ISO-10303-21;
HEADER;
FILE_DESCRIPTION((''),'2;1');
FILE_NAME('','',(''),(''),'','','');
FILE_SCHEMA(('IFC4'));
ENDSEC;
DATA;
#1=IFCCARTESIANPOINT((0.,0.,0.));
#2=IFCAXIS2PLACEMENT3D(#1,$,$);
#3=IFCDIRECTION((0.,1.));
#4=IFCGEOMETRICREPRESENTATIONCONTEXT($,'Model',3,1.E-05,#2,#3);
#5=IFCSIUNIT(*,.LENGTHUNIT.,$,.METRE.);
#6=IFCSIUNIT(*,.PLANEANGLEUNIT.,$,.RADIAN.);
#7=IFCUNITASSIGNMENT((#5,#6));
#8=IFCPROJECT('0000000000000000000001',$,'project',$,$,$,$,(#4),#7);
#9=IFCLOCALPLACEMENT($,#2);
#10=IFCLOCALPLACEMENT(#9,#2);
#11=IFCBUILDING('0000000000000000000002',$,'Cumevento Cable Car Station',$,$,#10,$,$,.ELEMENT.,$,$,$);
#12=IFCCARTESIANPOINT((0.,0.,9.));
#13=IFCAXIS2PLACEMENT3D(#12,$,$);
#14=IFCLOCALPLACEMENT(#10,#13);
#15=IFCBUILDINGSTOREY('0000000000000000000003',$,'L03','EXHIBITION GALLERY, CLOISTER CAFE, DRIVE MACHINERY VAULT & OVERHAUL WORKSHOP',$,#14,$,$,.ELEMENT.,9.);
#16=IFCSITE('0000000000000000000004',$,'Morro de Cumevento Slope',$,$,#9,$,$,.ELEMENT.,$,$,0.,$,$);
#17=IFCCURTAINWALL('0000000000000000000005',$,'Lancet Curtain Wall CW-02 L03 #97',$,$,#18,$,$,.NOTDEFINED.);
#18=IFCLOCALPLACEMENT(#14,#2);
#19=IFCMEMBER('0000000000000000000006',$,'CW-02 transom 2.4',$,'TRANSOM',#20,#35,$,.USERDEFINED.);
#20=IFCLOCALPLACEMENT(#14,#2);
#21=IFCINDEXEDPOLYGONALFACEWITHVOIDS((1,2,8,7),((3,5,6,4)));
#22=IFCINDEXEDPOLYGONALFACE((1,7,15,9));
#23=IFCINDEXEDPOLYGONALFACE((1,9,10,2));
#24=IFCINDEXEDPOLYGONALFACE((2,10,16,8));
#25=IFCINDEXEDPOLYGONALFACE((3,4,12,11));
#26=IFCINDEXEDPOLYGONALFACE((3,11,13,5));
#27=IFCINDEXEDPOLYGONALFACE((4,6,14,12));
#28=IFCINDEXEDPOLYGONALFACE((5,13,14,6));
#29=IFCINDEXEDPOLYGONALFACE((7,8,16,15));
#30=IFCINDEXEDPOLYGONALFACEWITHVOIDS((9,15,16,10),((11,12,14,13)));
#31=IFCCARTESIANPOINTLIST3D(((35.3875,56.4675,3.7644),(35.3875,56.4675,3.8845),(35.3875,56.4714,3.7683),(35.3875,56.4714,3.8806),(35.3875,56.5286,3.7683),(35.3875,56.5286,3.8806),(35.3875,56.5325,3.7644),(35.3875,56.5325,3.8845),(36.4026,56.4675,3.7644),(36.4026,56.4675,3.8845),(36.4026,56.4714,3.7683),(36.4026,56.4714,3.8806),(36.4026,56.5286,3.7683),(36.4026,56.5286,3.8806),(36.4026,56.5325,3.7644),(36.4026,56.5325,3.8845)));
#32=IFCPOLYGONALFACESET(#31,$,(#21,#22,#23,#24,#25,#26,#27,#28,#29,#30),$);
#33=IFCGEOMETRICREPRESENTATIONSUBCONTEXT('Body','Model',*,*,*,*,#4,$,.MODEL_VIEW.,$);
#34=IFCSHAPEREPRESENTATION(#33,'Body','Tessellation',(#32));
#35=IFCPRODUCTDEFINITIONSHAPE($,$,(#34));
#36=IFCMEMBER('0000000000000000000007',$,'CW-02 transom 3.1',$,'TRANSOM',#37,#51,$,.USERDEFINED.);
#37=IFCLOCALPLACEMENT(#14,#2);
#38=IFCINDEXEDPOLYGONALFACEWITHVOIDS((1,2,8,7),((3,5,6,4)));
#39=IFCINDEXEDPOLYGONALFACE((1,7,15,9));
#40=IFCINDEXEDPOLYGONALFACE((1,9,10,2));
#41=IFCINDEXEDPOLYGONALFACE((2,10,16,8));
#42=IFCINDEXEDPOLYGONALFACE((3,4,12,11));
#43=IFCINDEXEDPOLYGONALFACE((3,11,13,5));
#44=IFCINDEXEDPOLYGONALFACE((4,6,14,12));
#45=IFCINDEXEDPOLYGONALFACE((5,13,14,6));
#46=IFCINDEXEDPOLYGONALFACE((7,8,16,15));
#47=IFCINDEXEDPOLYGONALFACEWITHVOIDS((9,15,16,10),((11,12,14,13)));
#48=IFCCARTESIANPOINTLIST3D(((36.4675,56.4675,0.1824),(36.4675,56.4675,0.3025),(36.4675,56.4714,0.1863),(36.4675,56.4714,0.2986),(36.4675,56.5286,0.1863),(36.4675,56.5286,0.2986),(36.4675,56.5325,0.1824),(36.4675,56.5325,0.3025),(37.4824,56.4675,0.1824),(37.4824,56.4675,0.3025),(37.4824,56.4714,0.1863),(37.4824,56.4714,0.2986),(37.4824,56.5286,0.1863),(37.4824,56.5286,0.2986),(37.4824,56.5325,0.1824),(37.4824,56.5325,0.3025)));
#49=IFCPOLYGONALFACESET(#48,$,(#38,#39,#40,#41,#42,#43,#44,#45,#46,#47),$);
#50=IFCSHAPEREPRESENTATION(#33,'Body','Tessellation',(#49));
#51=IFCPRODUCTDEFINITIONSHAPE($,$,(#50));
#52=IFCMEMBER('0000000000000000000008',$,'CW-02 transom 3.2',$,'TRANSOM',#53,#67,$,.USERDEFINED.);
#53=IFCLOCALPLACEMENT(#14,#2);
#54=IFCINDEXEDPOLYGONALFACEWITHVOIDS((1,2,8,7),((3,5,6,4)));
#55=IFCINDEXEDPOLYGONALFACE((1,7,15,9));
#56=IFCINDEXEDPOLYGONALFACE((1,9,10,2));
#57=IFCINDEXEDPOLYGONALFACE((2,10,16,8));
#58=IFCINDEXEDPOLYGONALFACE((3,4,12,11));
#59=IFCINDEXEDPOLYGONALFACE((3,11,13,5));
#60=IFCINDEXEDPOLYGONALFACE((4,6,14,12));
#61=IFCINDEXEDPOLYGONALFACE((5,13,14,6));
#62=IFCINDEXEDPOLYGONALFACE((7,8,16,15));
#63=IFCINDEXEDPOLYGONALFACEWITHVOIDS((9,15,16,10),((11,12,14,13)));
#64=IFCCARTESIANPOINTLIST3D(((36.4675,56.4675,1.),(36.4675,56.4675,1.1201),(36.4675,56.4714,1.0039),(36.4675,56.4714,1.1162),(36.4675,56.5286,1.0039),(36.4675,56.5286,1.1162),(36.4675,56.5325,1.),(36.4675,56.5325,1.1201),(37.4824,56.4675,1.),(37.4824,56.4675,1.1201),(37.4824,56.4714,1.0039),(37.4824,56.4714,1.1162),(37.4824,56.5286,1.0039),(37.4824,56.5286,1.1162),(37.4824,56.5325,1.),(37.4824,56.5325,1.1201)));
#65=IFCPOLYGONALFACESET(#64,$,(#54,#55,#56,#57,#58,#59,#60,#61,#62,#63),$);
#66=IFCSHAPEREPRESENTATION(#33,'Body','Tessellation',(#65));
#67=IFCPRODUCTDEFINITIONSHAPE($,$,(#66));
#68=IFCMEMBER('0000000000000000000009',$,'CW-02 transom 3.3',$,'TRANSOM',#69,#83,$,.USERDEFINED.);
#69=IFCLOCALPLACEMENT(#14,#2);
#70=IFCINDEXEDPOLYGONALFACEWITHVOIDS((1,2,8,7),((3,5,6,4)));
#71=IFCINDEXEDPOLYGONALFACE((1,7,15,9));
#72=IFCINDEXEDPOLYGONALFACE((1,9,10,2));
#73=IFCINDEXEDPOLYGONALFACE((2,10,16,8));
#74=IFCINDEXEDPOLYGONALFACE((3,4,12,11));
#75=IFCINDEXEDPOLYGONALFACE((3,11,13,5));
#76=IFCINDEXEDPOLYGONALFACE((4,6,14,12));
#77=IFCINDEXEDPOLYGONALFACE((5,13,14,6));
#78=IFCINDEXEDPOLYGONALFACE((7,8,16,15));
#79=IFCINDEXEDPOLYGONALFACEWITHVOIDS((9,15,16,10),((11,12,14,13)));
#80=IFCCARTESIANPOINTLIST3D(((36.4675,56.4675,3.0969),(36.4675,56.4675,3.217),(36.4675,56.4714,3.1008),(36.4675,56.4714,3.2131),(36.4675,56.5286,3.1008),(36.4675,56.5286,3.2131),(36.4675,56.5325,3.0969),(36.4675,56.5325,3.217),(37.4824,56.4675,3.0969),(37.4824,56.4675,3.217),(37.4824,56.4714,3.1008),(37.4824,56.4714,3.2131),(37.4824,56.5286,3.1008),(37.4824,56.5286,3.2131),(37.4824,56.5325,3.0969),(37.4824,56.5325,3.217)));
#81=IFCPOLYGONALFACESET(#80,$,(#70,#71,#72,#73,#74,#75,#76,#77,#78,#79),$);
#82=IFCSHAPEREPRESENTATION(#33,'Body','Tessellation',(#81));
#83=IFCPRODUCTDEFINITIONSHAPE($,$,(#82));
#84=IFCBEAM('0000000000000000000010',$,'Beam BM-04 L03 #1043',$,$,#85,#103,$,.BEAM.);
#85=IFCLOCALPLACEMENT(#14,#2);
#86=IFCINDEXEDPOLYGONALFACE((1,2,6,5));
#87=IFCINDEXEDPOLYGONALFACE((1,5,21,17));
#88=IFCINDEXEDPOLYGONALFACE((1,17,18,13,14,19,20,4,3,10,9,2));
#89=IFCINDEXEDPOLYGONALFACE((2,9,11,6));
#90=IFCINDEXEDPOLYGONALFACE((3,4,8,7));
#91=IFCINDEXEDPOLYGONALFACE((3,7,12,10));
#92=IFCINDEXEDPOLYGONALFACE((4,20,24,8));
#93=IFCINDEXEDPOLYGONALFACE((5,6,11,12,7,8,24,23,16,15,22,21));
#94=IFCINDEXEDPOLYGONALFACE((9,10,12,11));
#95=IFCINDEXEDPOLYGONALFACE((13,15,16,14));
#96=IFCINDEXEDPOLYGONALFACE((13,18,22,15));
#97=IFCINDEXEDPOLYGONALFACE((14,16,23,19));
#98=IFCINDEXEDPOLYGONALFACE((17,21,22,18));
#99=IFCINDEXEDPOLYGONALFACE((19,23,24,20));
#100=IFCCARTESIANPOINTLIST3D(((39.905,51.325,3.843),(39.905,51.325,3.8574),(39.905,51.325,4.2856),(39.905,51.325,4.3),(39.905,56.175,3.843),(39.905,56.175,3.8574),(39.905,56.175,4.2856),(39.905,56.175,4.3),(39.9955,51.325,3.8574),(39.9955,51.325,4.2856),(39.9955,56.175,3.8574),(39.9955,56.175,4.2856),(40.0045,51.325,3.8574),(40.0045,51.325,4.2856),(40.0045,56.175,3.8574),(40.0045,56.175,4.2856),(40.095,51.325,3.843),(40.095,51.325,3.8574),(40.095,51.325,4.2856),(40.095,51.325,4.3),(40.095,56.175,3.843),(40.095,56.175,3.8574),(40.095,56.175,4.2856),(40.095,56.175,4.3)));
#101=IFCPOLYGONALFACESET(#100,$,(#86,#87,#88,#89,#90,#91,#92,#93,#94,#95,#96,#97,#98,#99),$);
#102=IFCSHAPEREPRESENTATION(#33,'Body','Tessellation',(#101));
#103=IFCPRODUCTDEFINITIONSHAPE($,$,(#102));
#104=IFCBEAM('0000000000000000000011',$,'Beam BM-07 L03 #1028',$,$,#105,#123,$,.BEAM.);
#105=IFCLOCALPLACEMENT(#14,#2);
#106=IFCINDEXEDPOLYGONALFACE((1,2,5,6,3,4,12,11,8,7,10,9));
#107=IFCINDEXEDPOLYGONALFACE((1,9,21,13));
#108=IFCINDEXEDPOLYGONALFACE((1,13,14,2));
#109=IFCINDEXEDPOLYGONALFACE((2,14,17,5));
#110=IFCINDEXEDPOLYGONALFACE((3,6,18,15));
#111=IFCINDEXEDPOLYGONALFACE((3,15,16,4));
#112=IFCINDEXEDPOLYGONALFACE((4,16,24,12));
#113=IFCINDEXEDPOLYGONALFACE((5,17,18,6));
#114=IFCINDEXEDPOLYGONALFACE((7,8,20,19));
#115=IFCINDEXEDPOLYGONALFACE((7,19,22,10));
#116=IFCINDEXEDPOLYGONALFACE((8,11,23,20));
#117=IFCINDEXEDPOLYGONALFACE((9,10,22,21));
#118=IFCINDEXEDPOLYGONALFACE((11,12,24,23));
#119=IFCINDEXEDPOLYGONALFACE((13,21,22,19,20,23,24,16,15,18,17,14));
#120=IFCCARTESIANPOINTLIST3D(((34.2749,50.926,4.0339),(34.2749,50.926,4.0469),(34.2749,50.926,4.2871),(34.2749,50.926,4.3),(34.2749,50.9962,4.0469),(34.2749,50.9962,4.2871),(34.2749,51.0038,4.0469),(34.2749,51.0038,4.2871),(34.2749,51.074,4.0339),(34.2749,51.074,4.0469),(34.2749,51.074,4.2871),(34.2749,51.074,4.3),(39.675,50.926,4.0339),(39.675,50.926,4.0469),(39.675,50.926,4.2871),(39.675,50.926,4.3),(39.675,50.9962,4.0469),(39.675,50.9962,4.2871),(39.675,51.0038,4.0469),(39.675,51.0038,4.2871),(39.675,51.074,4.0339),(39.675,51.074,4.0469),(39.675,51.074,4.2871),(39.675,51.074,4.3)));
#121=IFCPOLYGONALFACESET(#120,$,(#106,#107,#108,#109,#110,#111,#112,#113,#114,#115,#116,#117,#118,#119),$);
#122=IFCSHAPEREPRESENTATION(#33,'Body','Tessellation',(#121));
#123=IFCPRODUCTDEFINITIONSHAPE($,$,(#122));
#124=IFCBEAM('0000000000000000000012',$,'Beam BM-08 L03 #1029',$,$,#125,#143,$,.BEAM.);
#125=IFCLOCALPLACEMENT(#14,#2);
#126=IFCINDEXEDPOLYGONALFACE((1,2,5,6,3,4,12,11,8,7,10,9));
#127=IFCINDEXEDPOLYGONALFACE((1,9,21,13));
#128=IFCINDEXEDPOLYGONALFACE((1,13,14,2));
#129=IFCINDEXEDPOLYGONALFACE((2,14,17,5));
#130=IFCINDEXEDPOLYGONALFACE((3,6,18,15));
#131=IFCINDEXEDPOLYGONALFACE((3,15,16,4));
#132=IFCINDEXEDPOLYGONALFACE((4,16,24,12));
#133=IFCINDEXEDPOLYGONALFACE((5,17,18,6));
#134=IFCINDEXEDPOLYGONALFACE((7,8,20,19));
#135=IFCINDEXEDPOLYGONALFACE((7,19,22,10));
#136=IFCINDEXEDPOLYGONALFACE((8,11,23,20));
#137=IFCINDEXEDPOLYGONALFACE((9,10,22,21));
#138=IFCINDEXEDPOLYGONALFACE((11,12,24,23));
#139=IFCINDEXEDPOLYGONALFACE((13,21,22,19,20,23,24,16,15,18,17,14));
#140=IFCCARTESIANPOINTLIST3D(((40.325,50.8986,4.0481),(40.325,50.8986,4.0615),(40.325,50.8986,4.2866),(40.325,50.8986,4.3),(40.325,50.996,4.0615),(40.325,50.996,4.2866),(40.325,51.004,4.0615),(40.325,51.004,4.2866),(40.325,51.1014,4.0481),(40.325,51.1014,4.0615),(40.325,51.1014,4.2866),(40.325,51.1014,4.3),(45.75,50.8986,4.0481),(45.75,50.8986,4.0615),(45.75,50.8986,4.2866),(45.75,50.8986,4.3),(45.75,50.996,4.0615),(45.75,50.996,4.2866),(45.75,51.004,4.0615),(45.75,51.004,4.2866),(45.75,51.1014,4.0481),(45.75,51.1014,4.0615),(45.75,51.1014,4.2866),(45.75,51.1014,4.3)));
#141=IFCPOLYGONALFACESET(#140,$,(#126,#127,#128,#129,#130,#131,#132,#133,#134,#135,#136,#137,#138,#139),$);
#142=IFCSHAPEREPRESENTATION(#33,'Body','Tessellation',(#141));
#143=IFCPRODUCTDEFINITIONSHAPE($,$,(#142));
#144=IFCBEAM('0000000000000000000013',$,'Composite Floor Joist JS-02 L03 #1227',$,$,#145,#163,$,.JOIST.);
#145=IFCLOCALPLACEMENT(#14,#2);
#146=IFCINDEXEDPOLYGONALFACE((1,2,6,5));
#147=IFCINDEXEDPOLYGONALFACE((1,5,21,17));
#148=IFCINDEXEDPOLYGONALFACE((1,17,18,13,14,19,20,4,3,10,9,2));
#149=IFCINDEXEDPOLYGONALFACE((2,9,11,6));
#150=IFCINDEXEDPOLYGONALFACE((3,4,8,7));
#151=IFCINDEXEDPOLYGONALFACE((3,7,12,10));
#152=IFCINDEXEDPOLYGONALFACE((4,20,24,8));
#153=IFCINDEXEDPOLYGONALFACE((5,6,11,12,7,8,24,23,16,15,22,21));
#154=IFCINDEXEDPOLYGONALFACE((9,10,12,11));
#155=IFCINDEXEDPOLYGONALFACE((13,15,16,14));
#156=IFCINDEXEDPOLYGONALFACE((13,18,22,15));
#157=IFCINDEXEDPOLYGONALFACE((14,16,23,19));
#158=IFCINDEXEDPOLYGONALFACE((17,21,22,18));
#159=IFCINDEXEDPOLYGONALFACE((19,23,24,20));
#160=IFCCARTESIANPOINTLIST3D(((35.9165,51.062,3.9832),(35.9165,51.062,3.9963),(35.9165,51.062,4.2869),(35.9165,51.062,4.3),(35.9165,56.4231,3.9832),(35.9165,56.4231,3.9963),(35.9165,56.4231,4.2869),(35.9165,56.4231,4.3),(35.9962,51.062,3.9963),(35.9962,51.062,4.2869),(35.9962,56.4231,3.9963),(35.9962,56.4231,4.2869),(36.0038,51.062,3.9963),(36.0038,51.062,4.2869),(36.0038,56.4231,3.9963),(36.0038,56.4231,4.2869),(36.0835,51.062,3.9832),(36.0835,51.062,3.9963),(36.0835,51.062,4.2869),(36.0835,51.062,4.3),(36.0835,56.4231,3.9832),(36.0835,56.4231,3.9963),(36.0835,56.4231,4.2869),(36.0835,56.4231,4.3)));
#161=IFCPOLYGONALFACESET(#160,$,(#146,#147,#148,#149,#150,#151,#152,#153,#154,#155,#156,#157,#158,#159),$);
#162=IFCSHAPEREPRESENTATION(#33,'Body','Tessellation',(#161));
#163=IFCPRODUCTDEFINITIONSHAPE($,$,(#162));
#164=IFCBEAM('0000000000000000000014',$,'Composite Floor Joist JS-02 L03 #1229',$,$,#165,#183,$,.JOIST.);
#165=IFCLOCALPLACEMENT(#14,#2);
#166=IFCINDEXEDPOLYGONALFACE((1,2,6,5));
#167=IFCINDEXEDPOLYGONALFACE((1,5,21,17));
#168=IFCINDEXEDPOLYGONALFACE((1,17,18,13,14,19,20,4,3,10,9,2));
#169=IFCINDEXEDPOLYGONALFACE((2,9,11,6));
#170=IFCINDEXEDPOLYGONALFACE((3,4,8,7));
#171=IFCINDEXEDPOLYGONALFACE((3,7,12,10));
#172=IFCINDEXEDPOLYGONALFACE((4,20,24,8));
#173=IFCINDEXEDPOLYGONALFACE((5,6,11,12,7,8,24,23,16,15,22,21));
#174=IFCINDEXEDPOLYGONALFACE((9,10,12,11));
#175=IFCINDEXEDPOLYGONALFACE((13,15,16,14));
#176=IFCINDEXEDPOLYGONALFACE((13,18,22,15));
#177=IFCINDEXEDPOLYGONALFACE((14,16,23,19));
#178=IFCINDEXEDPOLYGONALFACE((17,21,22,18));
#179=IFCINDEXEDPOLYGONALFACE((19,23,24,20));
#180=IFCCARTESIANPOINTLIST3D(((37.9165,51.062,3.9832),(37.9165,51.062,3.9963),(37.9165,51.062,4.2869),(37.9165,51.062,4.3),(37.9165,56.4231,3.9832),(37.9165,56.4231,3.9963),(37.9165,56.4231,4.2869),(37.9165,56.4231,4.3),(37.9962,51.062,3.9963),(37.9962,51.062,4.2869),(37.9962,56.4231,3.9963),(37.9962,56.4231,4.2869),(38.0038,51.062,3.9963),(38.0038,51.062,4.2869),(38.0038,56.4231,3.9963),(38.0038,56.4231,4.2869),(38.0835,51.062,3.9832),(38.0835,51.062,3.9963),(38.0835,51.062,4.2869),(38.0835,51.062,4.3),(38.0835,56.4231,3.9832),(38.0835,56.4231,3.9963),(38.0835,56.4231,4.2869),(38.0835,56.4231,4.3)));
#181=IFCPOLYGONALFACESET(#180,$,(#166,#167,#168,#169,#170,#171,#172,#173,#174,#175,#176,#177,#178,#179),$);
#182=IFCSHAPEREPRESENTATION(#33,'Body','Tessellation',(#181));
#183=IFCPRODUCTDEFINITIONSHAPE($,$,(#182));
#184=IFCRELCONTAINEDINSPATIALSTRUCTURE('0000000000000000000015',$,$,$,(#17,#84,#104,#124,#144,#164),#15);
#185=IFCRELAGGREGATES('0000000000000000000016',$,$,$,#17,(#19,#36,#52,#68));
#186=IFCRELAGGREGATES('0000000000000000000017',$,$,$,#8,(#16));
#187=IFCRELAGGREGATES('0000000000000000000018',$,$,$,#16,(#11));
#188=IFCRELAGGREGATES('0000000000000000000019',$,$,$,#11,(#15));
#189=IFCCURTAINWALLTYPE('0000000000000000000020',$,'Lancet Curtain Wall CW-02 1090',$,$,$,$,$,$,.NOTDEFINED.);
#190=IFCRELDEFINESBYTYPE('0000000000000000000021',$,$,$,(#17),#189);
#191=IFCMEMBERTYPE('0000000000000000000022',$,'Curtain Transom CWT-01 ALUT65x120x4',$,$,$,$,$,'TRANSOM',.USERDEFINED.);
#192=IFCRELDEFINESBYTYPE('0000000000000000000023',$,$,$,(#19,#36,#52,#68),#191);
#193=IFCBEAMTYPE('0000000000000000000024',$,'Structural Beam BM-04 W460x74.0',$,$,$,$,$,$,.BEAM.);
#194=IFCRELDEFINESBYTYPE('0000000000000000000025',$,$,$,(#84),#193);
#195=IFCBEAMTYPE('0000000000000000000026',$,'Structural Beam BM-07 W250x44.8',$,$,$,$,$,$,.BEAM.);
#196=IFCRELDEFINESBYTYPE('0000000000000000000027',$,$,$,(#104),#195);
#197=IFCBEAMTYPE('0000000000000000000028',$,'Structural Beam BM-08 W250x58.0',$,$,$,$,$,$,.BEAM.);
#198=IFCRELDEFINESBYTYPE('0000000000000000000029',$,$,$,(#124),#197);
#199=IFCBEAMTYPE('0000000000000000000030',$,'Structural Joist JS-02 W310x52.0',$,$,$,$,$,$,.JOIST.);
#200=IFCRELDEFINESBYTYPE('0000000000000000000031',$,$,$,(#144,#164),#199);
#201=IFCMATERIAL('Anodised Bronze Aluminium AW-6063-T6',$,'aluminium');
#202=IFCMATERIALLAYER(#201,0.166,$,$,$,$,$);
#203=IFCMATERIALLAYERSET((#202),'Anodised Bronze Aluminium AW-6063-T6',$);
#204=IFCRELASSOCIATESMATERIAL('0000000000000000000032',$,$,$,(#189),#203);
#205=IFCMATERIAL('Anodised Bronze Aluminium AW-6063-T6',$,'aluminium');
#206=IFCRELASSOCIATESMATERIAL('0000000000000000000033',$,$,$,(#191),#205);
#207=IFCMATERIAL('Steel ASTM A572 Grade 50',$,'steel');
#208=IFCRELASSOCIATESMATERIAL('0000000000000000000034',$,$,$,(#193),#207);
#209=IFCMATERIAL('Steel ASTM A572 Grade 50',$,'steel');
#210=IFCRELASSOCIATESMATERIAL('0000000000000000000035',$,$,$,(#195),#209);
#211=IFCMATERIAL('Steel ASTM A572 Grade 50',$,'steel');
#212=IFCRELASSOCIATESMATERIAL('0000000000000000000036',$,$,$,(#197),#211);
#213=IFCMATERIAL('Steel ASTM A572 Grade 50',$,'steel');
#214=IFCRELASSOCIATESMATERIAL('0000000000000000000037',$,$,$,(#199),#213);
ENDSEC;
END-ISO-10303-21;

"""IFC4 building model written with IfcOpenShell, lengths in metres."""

from ifc_helpers import new_model, si_unit, direction, frame, origin, origin_2d, place, context, subcontext, project, spatial, hollow_rectangle, i_section, extrude, material, layer, layer_set, material_profile, profile_set, type_object, element, aggregate, save


model = new_model("IFC4")

# Units and contexts
model_context = context("Model", 3, precision=1e-05, world=origin(), true_north=direction((0.0, 1.0)))
body_context = subcontext(model_context, "Body", "Model", "MODEL_VIEW")
ifc_project = project(units=[si_unit("LENGTHUNIT", "METRE"), si_unit("PLANEANGLEUNIT", "RADIAN")], contexts=[model_context])

# Site, building, storey
site_placement = place(None, origin())
site = spatial("IfcSite", under=ifc_project, at=site_placement, Name="Morro de Cumevento Slope", CompositionType="ELEMENT", RefElevation=0.0)
building_placement = place(site_placement, origin())
building = spatial("IfcBuilding", under=site, at=building_placement, Name="Cumevento Cable Car Station", CompositionType="ELEMENT")
storey_placement = place(building_placement, frame((0.0, 0.0, 9.0)))
storey = spatial("IfcBuildingStorey", under=building, at=storey_placement, Name="L03", Description="EXHIBITION GALLERY, CLOISTER CAFE, DRIVE MACHINERY VAULT & OVERHAUL WORKSHOP", CompositionType="ELEMENT", Elevation=9.0)

# Curtain wall, members
ifc_material_1 = material(Name="Anodised Bronze Aluminium AW-6063-T6", Category="aluminium")
ifc_layer_1 = layer(ifc_material_1, 0.166)
ifc_layer_set_1 = layer_set([ifc_layer_1], Name="Anodised Bronze Aluminium AW-6063-T6")
curtain_wall_type = type_object("IfcCurtainWallType", Name="Lancet Curtain Wall CW-02 1090", PredefinedType="NOTDEFINED", material=ifc_layer_set_1)
curtain_wall_placement = place(storey_placement, origin())
curtain_wall = element("IfcCurtainWall", 1, at=curtain_wall_placement, inside=storey, type_object=curtain_wall_type, Name="Lancet Curtain Wall CW-02 L03 #97", PredefinedType="NOTDEFINED")
ifc_material_2 = material(Name="Anodised Bronze Aluminium AW-6063-T6", Category="aluminium")
ifc_material_profile_1 = material_profile(ifc_material_2, hollow_rectangle(XDim=0.0649, YDim=0.1201, WallThickness=0.0039, at=origin_2d()), Name="ALUT65x120x4")
ifc_profile_set_1 = profile_set([ifc_material_profile_1], Name="Anodised Bronze Aluminium AW-6063-T6")
member_type_1 = type_object("IfcMemberType", Name="Curtain Transom CWT-01 ALUT65x120x4", ElementType="TRANSOM", PredefinedType="USERDEFINED", material=ifc_profile_set_1)
member_1_placement = place(storey_placement, frame((35.3875, 56.5, 3.8245), z_axis=(1.0, 0.0, 0.0), x_axis=(0.0, 1.0, 0.0)))
member_1 = element("IfcMember", 2, at=member_1_placement, type_object=member_type_1, Name="CW-02 transom 2.4", ObjectType="TRANSOM", PredefinedType="USERDEFINED", context=body_context, shape_type="SweptSolid", body=[
    extrude(hollow_rectangle(XDim=0.0649, YDim=0.1201, WallThickness=0.0039, at=origin_2d()), origin(), (0.0, 0.0, 1.0), 1.0151),
])
member_2_placement = place(storey_placement, frame((36.4675, 56.5, 0.2424), z_axis=(1.0, 0.0, 0.0), x_axis=(0.0, 1.0, 0.0)))
member_2 = element("IfcMember", 3, at=member_2_placement, type_object=member_type_1, Name="CW-02 transom 3.1", ObjectType="TRANSOM", PredefinedType="USERDEFINED", context=body_context, shape_type="SweptSolid", body=[
    extrude(hollow_rectangle(XDim=0.0649, YDim=0.1201, WallThickness=0.0039, at=origin_2d()), origin(), (0.0, 0.0, 1.0), 1.0149),
])
member_3_placement = place(storey_placement, frame((36.4675, 56.5, 1.0601), z_axis=(1.0, 0.0, 0.0), x_axis=(0.0, 1.0, 0.0)))
member_3 = element("IfcMember", 4, at=member_3_placement, type_object=member_type_1, Name="CW-02 transom 3.2", ObjectType="TRANSOM", PredefinedType="USERDEFINED", context=body_context, shape_type="SweptSolid", body=[
    extrude(hollow_rectangle(XDim=0.0649, YDim=0.1201, WallThickness=0.0039, at=origin_2d()), origin(), (0.0, 0.0, 1.0), 1.0149),
])
member_4_placement = place(storey_placement, frame((36.4675, 56.5, 3.157), z_axis=(1.0, 0.0, 0.0), x_axis=(0.0, 1.0, 0.0)))
member_4 = element("IfcMember", 5, at=member_4_placement, type_object=member_type_1, Name="CW-02 transom 3.3", ObjectType="TRANSOM", PredefinedType="USERDEFINED", context=body_context, shape_type="SweptSolid", body=[
    extrude(hollow_rectangle(XDim=0.0649, YDim=0.1201, WallThickness=0.0039, at=origin_2d()), origin(), (0.0, 0.0, 1.0), 1.0149),
])

# Beams
ifc_material_3 = material(Name="Steel ASTM A572 Grade 50", Category="steel")
ifc_material_profile_2 = material_profile(ifc_material_3, i_section(OverallWidth=0.1899, OverallDepth=0.457, WebThickness=0.009, FlangeThickness=0.0144, at=origin_2d()), Name="W460x74.0")
ifc_profile_set_2 = profile_set([ifc_material_profile_2], Name="Steel ASTM A572 Grade 50")
beam_type_1 = type_object("IfcBeamType", Name="Structural Beam BM-04 W460x74.0", PredefinedType="BEAM", material=ifc_profile_set_2)
beam_1_placement = place(storey_placement, frame((40.0, 51.325, 4.0715), z_axis=(0.0, 1.0, 0.0), x_axis=(-1.0, 0.0, 0.0)))
element("IfcBeam", 6, at=beam_1_placement, inside=storey, type_object=beam_type_1, Name="Beam BM-04 L03 #1043", PredefinedType="BEAM", context=body_context, shape_type="SweptSolid", body=[
    extrude(i_section(OverallWidth=0.1899, OverallDepth=0.457, WebThickness=0.009, FlangeThickness=0.0144, at=origin_2d()), origin(), (0.0, 0.0, 1.0), 4.8501),
])
ifc_material_4 = material(Name="Steel ASTM A572 Grade 50", Category="steel")
ifc_material_profile_3 = material_profile(ifc_material_4, i_section(OverallWidth=0.1479, OverallDepth=0.2661, WebThickness=0.0076, FlangeThickness=0.0129, at=origin_2d()), Name="W250x44.8")
ifc_profile_set_3 = profile_set([ifc_material_profile_3], Name="Steel ASTM A572 Grade 50")
beam_type_2 = type_object("IfcBeamType", Name="Structural Beam BM-07 W250x44.8", PredefinedType="BEAM", material=ifc_profile_set_3)
beam_2_placement = place(storey_placement, frame((34.2749, 51.0, 4.167), z_axis=(1.0, 0.0, 0.0), x_axis=(0.0, 1.0, 0.0)))
element("IfcBeam", 7, at=beam_2_placement, inside=storey, type_object=beam_type_2, Name="Beam BM-07 L03 #1028", PredefinedType="BEAM", context=body_context, shape_type="SweptSolid", body=[
    extrude(i_section(OverallWidth=0.1479, OverallDepth=0.2661, WebThickness=0.0076, FlangeThickness=0.0129, at=origin_2d()), origin(), (0.0, 0.0, 1.0), 5.4001),
])
ifc_material_5 = material(Name="Steel ASTM A572 Grade 50", Category="steel")
ifc_material_profile_4 = material_profile(ifc_material_5, i_section(OverallWidth=0.2029, OverallDepth=0.252, WebThickness=0.0081, FlangeThickness=0.0134, at=origin_2d()), Name="W250x58.0")
ifc_profile_set_4 = profile_set([ifc_material_profile_4], Name="Steel ASTM A572 Grade 50")
beam_type_3 = type_object("IfcBeamType", Name="Structural Beam BM-08 W250x58.0", PredefinedType="BEAM", material=ifc_profile_set_4)
beam_3_placement = place(storey_placement, frame((40.325, 51.0, 4.1741), z_axis=(1.0, 0.0, 0.0), x_axis=(0.0, 1.0, 0.0)))
element("IfcBeam", 8, at=beam_3_placement, inside=storey, type_object=beam_type_3, Name="Beam BM-08 L03 #1029", PredefinedType="BEAM", context=body_context, shape_type="SweptSolid", body=[
    extrude(i_section(OverallWidth=0.2029, OverallDepth=0.252, WebThickness=0.0081, FlangeThickness=0.0134, at=origin_2d()), origin(), (0.0, 0.0, 1.0), 5.425),
])
ifc_material_6 = material(Name="Steel ASTM A572 Grade 50", Category="steel")
ifc_material_profile_5 = material_profile(ifc_material_6, i_section(OverallWidth=0.167, OverallDepth=0.3169, WebThickness=0.0076, FlangeThickness=0.0132, at=origin_2d()), Name="W310x52.0")
ifc_profile_set_5 = profile_set([ifc_material_profile_5], Name="Steel ASTM A572 Grade 50")
beam_type_4 = type_object("IfcBeamType", Name="Structural Joist JS-02 W310x52.0", PredefinedType="JOIST", material=ifc_profile_set_5)
for number, where, z_axis, x_axis, name in (
    (9, (36.0, 51.062, 4.1416), (0.0, 1.0, 0.0), (-1.0, 0.0, 0.0), "Composite Floor Joist JS-02 L03 #1227"),
    (10, (38.0, 51.062, 4.1416), (0.0, 1.0, 0.0), (-1.0, 0.0, 0.0), "Composite Floor Joist JS-02 L03 #1229"),
):
    element("IfcBeam", number, at=place(storey_placement, frame(where, z_axis=z_axis, x_axis=x_axis)), inside=storey, type_object=beam_type_4, Name=name, PredefinedType="JOIST", context=body_context, shape_type="SweptSolid", body=[
        extrude(i_section(OverallWidth=0.167, OverallDepth=0.3169, WebThickness=0.0076, FlangeThickness=0.0132, at=origin_2d()), origin(), (0.0, 0.0, 1.0), 5.3611),
    ])

aggregate(curtain_wall, [member_1, member_2, member_3, member_4])

save(model, "model.ifc")
